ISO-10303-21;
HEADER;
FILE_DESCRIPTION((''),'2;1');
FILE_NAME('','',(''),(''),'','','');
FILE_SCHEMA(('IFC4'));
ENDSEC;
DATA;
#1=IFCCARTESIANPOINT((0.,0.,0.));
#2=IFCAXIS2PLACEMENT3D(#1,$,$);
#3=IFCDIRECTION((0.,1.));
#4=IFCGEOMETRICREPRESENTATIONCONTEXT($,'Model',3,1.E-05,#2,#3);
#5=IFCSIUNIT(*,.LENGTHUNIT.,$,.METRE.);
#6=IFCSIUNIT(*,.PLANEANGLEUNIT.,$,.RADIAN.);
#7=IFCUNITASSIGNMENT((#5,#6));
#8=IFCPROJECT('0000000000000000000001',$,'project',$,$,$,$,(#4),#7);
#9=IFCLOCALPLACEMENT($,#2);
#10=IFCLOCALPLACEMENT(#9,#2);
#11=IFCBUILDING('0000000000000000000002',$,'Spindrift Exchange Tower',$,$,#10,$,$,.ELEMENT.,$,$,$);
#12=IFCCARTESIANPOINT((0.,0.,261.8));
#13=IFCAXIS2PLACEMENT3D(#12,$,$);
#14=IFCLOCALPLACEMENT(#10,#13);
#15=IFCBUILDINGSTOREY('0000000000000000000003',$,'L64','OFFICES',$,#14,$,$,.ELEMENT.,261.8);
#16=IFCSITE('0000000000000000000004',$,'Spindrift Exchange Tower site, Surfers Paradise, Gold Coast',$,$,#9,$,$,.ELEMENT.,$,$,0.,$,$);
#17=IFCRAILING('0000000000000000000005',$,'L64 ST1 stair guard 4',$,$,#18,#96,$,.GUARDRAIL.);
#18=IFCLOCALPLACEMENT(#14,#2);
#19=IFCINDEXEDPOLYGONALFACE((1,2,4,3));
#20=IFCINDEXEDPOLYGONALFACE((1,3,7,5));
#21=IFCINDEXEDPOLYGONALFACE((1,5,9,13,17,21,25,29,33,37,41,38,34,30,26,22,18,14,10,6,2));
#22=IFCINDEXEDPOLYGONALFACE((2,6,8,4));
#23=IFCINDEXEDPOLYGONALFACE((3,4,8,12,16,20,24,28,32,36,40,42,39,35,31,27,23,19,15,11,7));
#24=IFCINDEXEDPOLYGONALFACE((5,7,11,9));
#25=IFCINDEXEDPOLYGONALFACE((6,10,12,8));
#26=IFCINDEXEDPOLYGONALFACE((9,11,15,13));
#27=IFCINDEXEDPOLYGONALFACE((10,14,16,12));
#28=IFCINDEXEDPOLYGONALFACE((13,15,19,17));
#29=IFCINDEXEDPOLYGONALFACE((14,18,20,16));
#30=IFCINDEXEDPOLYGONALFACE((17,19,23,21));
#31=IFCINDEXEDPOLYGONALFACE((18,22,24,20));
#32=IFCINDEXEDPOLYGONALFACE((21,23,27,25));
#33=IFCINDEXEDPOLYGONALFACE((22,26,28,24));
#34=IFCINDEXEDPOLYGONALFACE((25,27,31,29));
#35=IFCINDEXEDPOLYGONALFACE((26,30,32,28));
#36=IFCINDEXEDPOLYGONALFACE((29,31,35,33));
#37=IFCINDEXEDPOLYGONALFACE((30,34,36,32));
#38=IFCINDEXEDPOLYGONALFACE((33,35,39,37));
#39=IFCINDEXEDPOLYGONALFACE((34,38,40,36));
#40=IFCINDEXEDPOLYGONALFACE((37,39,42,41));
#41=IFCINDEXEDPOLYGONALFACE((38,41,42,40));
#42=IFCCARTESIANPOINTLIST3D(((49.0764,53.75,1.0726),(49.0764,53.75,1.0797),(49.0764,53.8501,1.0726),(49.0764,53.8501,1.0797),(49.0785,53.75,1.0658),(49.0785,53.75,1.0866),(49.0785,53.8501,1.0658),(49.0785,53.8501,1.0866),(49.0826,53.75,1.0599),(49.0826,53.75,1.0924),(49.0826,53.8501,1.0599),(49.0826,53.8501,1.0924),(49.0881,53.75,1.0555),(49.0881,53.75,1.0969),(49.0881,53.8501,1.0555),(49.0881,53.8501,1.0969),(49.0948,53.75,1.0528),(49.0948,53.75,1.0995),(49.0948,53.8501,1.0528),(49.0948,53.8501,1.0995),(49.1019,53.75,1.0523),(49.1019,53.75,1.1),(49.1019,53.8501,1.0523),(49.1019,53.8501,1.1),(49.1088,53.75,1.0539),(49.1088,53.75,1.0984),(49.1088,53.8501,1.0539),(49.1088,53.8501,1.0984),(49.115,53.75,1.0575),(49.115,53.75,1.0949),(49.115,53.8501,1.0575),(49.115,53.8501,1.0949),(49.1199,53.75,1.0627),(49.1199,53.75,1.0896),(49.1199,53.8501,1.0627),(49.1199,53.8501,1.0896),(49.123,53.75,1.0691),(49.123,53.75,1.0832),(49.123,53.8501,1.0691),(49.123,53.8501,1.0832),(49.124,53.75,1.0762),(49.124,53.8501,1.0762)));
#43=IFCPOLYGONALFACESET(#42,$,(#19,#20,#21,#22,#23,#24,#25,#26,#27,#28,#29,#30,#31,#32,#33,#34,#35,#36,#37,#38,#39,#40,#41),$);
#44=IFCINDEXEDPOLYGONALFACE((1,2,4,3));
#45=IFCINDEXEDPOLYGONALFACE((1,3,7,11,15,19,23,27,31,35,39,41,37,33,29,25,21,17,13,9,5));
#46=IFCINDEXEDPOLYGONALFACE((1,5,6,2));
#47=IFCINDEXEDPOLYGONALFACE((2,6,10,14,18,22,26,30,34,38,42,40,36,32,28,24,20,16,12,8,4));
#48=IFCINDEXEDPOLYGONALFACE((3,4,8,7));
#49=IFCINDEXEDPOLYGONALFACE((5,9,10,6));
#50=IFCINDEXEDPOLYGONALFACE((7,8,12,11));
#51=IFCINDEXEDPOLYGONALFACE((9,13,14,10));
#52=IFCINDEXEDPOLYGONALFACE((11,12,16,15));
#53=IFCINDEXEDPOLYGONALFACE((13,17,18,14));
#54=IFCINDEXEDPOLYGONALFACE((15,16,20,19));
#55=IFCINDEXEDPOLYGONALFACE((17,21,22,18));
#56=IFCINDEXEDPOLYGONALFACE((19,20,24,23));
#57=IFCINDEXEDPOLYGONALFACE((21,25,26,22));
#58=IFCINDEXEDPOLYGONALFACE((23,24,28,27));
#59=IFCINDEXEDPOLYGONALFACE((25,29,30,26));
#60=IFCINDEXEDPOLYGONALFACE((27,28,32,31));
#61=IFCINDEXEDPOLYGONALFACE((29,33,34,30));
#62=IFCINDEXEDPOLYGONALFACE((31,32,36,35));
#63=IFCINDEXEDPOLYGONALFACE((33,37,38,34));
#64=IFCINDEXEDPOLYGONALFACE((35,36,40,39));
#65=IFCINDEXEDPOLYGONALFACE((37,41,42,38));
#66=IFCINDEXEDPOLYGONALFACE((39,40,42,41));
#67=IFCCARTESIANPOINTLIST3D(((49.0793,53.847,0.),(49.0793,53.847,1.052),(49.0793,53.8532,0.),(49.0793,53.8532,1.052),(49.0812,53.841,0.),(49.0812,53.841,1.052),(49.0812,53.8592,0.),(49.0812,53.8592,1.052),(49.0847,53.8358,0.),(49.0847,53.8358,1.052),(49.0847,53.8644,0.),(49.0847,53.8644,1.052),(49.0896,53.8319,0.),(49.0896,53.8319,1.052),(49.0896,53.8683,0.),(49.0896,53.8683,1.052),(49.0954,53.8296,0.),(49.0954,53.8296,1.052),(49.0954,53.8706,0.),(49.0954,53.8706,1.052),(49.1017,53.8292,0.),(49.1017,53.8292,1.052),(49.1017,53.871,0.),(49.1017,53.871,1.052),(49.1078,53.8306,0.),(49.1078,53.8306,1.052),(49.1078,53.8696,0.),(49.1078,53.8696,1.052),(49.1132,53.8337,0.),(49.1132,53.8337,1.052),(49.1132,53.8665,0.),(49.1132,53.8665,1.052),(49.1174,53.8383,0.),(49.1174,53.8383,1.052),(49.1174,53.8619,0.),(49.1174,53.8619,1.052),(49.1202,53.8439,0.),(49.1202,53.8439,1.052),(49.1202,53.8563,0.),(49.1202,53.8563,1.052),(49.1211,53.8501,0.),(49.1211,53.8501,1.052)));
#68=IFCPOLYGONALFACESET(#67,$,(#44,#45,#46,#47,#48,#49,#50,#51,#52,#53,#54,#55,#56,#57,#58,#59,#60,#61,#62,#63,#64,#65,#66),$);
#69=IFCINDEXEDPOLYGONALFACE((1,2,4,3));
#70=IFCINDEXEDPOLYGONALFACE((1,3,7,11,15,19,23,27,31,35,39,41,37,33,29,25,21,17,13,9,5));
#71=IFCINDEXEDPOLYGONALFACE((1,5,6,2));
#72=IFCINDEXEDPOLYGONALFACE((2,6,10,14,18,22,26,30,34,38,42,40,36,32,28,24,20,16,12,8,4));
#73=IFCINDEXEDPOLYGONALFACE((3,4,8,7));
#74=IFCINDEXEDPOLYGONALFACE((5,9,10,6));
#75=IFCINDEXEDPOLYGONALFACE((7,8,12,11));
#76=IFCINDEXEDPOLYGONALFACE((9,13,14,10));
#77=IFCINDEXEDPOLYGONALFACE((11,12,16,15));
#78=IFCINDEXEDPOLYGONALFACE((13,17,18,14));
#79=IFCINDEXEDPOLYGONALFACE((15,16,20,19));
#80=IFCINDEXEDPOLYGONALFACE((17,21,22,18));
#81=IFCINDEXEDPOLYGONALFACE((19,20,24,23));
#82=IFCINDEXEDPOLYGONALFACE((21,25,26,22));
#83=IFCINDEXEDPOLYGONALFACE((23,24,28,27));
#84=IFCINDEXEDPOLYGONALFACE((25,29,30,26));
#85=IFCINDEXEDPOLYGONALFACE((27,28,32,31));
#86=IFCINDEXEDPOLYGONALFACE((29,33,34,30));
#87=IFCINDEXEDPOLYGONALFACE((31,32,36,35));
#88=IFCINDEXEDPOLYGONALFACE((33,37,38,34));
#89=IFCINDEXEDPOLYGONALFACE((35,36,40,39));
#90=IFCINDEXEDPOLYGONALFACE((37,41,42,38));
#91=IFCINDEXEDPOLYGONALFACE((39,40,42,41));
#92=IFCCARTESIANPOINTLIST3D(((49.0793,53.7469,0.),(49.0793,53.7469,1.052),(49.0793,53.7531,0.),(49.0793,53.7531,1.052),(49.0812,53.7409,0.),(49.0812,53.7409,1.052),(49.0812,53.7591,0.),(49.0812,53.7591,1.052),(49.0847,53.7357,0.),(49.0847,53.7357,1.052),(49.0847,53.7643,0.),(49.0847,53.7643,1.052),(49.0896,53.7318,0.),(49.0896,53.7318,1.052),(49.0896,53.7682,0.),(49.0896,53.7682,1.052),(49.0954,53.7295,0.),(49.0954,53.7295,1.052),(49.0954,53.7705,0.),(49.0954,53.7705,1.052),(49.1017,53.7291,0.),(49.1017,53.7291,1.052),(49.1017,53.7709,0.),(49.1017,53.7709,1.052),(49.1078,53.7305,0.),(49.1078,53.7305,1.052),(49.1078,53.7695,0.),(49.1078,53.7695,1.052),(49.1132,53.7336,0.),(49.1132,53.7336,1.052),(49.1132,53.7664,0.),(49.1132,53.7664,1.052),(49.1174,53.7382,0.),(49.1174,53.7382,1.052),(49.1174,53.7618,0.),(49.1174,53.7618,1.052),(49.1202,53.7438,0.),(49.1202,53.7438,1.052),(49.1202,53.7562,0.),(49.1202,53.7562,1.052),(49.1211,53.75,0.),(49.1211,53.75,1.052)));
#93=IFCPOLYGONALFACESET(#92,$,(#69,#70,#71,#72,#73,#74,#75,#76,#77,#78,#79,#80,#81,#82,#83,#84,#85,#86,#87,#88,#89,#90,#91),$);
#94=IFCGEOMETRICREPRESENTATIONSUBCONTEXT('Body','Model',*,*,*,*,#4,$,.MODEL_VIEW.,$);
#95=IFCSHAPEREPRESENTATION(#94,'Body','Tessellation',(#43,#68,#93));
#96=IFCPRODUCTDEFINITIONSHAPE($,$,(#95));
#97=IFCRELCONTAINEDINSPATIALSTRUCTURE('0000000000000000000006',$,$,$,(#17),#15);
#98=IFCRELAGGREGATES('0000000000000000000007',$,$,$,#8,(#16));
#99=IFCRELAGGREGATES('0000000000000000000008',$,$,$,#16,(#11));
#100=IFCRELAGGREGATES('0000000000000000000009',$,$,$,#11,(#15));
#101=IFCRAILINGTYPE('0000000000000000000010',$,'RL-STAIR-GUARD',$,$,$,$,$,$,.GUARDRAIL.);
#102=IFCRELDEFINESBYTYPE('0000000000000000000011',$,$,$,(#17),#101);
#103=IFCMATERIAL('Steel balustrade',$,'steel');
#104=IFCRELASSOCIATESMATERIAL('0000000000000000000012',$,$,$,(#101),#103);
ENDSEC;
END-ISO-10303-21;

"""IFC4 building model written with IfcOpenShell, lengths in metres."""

from ifc_helpers import new_model, si_unit, direction, frame, origin, origin_2d, place, context, subcontext, project, spatial, circle, extrude, material, type_object, element, save


model = new_model("IFC4")

# Units and contexts
model_context = context("Model", 3, precision=1e-05, world=origin(), true_north=direction((0.0, 1.0)))
body_context = subcontext(model_context, "Body", "Model", "MODEL_VIEW")
ifc_project = project(units=[si_unit("LENGTHUNIT", "METRE"), si_unit("PLANEANGLEUNIT", "RADIAN")], contexts=[model_context])

# Site, building, storey
site_placement = place(None, origin())
site = spatial("IfcSite", under=ifc_project, at=site_placement, Name="Spindrift Exchange Tower site, Surfers Paradise, Gold Coast", CompositionType="ELEMENT", RefElevation=0.0)
building_placement = place(site_placement, origin())
building = spatial("IfcBuilding", under=site, at=building_placement, Name="Spindrift Exchange Tower", CompositionType="ELEMENT")
storey_placement = place(building_placement, frame((0.0, 0.0, 261.8)))
storey = spatial("IfcBuildingStorey", under=building, at=storey_placement, Name="L64", Description="OFFICES", CompositionType="ELEMENT", Elevation=261.8)

# Railing
ifc_material_1 = material(Name="Steel balustrade", Category="steel")
railing_type_1 = type_object("IfcRailingType", Name="RL-STAIR-GUARD", PredefinedType="GUARDRAIL", material=ifc_material_1)
railing_1_placement = place(storey_placement, frame((49.1001, 53.8501, 0.0)))
element("IfcRailing", 1, at=railing_1_placement, inside=storey, type_object=railing_type_1, Name="L64 ST1 stair guard 4", PredefinedType="GUARDRAIL", context=body_context, shape_type="SweptSolid", body=[
    extrude(circle(Radius=0.0239, at=origin_2d()), frame((0.0, 0.0, 1.0762), z_axis=(0.0, -1.0, 0.0), x_axis=(1.0, 0.0, 0.0)), (0.0, 0.0, 1.0), 0.1001),
    extrude(circle(Radius=0.021, at=origin_2d()), origin(), (0.0, 0.0, 1.0), 1.052),
    extrude(circle(Radius=0.021, at=origin_2d()), frame((0.0, -0.1001, 0.0)), (0.0, 0.0, 1.0), 1.052),
])

save(model, "model.ifc")
